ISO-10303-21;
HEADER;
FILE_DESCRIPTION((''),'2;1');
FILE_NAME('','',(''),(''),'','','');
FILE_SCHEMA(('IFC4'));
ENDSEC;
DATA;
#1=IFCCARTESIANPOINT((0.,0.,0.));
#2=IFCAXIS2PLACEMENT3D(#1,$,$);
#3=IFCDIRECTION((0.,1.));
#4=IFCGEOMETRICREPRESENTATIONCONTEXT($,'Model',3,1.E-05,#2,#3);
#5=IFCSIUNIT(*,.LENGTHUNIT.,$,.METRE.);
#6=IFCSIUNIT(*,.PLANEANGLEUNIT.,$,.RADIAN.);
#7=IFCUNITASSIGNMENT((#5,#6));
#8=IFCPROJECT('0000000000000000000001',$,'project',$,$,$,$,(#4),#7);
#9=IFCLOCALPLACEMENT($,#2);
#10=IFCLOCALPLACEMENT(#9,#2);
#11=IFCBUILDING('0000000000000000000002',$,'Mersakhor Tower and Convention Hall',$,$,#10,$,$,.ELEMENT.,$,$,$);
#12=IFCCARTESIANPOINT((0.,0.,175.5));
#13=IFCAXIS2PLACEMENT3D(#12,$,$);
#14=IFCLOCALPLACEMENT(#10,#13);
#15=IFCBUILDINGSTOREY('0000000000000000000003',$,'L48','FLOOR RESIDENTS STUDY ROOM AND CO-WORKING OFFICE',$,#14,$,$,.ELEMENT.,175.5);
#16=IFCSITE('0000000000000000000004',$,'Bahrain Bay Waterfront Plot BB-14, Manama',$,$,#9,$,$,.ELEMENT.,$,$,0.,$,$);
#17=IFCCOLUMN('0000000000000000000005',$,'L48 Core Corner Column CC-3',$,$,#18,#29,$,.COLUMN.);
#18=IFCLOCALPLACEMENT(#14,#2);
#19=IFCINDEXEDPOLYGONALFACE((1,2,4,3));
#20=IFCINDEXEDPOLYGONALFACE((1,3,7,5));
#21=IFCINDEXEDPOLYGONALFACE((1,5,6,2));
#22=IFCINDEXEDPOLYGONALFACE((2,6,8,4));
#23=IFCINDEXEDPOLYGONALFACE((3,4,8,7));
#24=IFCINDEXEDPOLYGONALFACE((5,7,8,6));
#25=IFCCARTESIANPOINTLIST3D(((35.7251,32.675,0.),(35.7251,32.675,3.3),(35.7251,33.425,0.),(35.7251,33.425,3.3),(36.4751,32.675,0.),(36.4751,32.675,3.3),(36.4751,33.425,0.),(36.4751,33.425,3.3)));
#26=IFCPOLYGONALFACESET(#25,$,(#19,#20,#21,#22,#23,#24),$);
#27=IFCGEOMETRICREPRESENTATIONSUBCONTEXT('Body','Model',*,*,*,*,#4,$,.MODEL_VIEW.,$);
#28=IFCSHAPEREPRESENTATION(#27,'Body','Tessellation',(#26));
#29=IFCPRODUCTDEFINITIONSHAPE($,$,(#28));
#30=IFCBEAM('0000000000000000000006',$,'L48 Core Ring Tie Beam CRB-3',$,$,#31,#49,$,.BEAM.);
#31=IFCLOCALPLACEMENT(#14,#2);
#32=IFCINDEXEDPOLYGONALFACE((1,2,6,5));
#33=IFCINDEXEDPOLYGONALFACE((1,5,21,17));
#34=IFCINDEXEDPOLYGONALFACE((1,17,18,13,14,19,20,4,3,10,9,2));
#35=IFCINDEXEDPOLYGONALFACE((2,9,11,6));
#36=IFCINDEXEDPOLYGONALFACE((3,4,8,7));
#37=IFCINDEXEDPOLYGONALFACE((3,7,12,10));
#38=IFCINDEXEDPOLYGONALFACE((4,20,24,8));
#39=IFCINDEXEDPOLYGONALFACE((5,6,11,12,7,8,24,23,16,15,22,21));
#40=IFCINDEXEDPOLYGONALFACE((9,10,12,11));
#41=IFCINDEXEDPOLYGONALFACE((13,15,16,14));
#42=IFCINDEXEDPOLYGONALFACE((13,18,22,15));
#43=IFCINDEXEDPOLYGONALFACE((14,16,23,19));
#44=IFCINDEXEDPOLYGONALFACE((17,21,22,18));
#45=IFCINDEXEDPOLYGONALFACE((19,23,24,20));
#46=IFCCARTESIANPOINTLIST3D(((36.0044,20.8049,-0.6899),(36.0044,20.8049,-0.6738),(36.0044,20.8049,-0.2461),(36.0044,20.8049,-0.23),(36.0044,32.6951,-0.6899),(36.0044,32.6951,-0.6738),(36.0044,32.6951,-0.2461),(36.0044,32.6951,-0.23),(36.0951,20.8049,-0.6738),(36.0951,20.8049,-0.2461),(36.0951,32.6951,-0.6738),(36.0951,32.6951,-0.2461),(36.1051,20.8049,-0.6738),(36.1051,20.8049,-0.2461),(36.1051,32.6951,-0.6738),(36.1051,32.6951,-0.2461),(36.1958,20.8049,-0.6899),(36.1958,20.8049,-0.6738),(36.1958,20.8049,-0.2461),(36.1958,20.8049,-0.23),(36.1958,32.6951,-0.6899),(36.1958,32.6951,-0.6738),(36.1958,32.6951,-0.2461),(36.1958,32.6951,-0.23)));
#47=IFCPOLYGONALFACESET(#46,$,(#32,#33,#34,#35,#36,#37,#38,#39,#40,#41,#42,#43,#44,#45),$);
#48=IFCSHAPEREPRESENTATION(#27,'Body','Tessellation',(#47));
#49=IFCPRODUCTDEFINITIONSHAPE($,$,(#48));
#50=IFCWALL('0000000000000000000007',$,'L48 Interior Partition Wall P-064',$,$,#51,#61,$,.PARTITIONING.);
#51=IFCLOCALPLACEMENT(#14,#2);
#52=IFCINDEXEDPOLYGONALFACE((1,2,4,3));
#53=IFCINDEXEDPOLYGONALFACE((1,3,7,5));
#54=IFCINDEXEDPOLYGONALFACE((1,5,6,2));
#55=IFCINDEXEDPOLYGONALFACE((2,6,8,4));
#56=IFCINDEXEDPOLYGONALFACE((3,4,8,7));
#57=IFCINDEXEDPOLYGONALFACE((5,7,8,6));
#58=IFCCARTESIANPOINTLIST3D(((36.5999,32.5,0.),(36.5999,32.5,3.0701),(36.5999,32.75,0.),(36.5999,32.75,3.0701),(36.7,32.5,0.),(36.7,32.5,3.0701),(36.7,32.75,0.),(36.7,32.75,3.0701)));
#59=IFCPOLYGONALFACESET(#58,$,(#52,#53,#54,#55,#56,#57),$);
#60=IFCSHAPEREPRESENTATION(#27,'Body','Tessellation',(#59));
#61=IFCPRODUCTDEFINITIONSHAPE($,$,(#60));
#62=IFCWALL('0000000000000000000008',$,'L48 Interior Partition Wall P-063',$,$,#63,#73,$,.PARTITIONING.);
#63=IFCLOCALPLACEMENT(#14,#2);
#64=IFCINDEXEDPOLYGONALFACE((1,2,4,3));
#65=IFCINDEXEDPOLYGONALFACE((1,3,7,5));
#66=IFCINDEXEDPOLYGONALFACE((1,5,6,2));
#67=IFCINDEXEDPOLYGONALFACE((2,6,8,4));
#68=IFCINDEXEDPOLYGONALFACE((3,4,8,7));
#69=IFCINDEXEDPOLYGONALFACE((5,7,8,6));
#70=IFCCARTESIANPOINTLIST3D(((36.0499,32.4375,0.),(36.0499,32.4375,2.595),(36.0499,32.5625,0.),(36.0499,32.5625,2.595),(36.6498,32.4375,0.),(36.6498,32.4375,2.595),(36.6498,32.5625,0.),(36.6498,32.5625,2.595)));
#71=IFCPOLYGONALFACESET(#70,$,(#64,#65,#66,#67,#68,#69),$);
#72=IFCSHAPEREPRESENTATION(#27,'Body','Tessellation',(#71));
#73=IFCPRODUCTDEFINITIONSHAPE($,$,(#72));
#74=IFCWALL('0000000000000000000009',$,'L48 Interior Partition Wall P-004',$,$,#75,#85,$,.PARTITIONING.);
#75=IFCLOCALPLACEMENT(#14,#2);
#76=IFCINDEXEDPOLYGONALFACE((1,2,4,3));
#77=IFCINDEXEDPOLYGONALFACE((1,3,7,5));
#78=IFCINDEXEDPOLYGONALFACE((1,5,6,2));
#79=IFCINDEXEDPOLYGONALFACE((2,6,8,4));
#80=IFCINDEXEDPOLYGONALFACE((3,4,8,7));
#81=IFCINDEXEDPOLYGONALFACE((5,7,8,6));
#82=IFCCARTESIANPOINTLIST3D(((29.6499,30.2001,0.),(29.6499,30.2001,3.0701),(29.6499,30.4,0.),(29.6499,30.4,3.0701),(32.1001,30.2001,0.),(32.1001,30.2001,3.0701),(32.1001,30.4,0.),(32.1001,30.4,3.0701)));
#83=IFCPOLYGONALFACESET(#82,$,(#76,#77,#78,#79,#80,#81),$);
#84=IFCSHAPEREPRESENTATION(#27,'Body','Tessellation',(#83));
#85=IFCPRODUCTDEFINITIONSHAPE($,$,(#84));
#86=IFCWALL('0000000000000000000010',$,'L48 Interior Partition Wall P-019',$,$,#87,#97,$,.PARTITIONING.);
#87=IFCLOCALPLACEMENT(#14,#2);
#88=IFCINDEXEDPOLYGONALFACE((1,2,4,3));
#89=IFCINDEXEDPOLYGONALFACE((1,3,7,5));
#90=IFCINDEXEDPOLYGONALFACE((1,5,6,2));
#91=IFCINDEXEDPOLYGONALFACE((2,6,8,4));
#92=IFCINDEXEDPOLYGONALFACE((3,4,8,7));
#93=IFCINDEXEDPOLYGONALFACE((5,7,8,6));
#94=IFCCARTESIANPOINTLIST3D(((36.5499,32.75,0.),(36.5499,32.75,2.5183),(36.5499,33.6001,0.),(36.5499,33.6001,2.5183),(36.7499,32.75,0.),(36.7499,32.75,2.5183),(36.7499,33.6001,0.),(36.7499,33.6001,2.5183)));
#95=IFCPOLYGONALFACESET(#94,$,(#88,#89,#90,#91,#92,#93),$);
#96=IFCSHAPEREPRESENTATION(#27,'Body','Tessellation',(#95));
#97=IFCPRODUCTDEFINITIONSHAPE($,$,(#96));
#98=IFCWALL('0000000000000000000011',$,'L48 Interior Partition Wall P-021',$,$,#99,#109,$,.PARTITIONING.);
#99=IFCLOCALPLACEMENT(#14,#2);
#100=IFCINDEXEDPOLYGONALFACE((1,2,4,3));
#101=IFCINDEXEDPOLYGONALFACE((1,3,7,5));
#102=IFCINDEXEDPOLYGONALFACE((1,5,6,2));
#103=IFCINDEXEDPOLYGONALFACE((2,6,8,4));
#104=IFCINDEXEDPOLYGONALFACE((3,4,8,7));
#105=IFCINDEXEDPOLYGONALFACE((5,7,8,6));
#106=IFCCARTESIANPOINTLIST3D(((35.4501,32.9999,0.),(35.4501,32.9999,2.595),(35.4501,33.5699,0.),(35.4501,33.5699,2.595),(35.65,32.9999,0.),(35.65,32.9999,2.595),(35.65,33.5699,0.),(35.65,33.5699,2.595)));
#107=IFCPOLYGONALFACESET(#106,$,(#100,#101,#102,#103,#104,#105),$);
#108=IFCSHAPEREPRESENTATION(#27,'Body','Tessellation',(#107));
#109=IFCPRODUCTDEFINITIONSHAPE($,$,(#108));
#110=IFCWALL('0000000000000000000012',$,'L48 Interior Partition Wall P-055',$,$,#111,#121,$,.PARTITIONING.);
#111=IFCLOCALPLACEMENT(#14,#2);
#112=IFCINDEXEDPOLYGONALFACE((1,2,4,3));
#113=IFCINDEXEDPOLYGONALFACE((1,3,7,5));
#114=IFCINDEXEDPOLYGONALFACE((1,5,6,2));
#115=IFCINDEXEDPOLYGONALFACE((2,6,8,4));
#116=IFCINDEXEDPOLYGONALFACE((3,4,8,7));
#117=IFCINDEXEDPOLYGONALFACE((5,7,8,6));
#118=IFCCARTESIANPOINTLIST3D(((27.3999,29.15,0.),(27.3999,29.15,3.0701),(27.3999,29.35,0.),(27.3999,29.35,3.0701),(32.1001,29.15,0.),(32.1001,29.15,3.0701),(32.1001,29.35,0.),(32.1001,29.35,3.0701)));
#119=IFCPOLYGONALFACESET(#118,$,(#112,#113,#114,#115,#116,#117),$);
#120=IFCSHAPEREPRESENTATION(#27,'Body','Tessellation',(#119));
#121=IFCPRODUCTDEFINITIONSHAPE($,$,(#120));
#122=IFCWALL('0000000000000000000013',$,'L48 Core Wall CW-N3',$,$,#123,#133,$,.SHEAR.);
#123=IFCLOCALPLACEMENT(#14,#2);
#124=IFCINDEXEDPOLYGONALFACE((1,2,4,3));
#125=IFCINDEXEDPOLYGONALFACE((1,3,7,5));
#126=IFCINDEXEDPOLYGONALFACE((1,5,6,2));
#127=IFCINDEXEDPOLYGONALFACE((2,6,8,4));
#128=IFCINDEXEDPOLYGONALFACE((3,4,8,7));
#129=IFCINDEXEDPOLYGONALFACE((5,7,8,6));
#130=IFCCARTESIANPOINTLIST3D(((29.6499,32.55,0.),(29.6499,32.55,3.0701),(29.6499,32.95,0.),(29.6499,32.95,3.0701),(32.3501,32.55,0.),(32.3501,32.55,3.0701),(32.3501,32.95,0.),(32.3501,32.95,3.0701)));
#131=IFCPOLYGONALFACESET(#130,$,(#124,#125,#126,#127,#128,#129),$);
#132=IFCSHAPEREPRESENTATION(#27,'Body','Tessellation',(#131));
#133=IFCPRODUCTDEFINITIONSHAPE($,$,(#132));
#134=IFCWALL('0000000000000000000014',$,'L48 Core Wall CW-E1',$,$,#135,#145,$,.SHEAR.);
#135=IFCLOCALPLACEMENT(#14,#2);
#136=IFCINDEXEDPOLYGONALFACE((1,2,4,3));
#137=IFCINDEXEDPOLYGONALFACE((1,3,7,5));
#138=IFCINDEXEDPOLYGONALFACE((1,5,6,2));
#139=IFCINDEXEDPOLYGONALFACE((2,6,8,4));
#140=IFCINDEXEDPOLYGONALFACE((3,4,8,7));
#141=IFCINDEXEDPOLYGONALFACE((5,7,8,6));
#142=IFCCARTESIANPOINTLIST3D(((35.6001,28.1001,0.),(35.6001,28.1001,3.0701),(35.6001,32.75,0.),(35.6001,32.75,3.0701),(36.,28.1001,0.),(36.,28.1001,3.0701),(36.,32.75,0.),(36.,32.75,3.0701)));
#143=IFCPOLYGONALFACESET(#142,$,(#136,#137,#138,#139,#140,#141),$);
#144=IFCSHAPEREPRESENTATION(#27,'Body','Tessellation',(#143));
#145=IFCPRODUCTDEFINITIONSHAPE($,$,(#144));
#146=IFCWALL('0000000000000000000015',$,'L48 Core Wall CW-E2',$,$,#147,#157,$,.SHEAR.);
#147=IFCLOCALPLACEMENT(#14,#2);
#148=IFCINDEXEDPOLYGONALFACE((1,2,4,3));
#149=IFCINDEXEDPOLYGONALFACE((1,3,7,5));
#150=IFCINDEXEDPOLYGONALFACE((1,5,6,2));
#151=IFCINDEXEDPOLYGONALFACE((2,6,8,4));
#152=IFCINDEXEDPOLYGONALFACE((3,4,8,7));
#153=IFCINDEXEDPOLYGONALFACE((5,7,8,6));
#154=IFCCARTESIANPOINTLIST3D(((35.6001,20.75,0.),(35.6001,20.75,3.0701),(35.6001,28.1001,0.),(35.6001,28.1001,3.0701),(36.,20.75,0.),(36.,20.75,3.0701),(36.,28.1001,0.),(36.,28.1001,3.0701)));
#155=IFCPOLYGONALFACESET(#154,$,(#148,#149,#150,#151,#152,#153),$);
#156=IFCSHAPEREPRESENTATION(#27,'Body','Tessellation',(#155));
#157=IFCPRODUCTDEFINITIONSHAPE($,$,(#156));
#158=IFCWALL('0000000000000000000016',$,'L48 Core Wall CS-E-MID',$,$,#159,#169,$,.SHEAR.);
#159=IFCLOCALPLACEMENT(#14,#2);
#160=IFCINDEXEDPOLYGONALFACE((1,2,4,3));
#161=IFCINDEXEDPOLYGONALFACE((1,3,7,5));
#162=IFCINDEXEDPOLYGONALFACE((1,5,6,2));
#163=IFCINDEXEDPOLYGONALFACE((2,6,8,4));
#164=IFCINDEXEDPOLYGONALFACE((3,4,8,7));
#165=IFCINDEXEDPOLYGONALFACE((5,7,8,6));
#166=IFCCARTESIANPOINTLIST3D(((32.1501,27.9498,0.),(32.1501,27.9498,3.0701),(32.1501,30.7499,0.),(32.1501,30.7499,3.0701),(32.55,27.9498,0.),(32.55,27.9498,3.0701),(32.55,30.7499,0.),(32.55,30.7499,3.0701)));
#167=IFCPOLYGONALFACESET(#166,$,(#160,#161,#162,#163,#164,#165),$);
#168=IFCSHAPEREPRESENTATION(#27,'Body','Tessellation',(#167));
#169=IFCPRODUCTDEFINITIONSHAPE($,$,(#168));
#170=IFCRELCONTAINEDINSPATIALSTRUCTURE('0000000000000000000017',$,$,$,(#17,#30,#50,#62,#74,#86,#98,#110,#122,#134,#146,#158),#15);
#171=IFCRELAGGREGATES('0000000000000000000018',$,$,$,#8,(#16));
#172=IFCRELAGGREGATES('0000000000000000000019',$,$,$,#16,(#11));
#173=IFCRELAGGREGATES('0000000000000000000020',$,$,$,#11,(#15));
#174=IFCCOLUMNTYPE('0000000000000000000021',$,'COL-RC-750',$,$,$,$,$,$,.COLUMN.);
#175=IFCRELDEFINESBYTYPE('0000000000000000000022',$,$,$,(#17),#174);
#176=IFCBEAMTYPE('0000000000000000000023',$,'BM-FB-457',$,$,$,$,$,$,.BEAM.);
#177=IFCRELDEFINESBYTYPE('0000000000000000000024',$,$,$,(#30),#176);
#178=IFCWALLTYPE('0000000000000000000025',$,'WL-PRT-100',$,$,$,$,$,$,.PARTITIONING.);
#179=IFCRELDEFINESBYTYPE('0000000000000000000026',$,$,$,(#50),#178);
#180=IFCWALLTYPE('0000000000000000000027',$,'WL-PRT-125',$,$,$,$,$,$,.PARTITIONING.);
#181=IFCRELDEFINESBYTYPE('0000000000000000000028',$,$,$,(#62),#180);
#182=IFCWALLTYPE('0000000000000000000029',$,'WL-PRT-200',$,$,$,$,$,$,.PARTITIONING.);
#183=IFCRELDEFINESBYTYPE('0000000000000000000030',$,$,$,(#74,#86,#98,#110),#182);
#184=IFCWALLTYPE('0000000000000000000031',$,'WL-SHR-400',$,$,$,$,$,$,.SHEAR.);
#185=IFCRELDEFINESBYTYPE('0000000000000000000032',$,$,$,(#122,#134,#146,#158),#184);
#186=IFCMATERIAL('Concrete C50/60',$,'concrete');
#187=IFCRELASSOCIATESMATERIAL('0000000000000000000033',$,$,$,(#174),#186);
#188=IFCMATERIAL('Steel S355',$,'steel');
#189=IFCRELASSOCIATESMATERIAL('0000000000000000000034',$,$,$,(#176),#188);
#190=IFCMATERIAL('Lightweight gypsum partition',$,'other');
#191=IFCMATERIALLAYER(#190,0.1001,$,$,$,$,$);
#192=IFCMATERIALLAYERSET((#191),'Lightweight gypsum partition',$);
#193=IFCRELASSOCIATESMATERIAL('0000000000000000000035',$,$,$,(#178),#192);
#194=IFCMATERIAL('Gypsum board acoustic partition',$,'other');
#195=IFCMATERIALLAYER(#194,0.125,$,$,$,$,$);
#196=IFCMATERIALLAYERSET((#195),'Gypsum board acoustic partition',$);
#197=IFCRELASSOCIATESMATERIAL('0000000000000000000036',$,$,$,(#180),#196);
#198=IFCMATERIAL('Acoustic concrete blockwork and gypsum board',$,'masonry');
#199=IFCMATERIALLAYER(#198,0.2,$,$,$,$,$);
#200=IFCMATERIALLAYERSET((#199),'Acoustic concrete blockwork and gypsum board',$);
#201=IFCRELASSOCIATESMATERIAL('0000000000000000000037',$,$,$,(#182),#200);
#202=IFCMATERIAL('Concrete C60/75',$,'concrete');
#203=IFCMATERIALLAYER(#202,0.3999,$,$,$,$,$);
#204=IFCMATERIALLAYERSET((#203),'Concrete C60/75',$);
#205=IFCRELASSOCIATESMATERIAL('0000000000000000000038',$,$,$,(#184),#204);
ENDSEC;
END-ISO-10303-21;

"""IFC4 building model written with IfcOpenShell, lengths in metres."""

from ifc_helpers import new_model, si_unit, direction, frame, frame_2d, origin, origin_2d, place, context, subcontext, project, spatial, rectangle, i_section, extrude, material, layer, layer_set, material_profile, profile_set, type_object, element, save


model = new_model("IFC4")

# Units and contexts
model_context = context("Model", 3, precision=1e-05, world=origin(), true_north=direction((0.0, 1.0)))
body_context = subcontext(model_context, "Body", "Model", "MODEL_VIEW")
ifc_project = project(units=[si_unit("LENGTHUNIT", "METRE"), si_unit("PLANEANGLEUNIT", "RADIAN")], contexts=[model_context])

# Site, building, storey
site_placement = place(None, origin())
site = spatial("IfcSite", under=ifc_project, at=site_placement, Name="Bahrain Bay Waterfront Plot BB-14, Manama", CompositionType="ELEMENT", RefElevation=0.0)
building_placement = place(site_placement, origin())
building = spatial("IfcBuilding", under=site, at=building_placement, Name="Mersakhor Tower and Convention Hall", CompositionType="ELEMENT")
storey_placement = place(building_placement, frame((0.0, 0.0, 175.5)))
storey = spatial("IfcBuildingStorey", under=building, at=storey_placement, Name="L48", Description="FLOOR RESIDENTS STUDY ROOM AND CO-WORKING OFFICE", CompositionType="ELEMENT", Elevation=175.5)

# Column
ifc_material_1 = material(Name="Concrete C50/60", Category="concrete")
ifc_material_profile_1 = material_profile(ifc_material_1, rectangle(XDim=0.75, YDim=0.75, at=origin_2d()), Name="RC 750x750")
ifc_profile_set_1 = profile_set([ifc_material_profile_1], Name="Concrete C50/60")
column_type = type_object("IfcColumnType", Name="COL-RC-750", PredefinedType="COLUMN", material=ifc_profile_set_1)
column_placement = place(storey_placement, frame((36.1001, 33.05, 0.0), z_axis=(0.0, 0.0, 1.0), x_axis=(1.0, 0.0, 0.0)))
element("IfcColumn", 1, at=column_placement, inside=storey, type_object=column_type, Name="L48 Core Corner Column CC-3", PredefinedType="COLUMN", context=body_context, shape_type="SweptSolid", body=[
    extrude(rectangle(XDim=0.75, YDim=0.75, at=origin_2d()), origin(), (0.0, 0.0, 1.0), 3.3),
])

# Beam
ifc_material_2 = material(Name="Steel S355", Category="steel")
ifc_material_profile_2 = material_profile(ifc_material_2, i_section(OverallWidth=0.1914, OverallDepth=0.46, WebThickness=0.01, FlangeThickness=0.0161, at=origin_2d()), Name="UB 457x191x82")
ifc_profile_set_2 = profile_set([ifc_material_profile_2], Name="Steel S355")
beam_type = type_object("IfcBeamType", Name="BM-FB-457", PredefinedType="BEAM", material=ifc_profile_set_2)
beam_placement = place(storey_placement, frame((36.1001, 32.6951, -0.46), z_axis=(0.0, -1.0, 0.0), x_axis=(1.0, 0.0, 0.0)))
element("IfcBeam", 2, at=beam_placement, inside=storey, type_object=beam_type, Name="L48 Core Ring Tie Beam CRB-3", PredefinedType="BEAM", context=body_context, shape_type="SweptSolid", body=[
    extrude(i_section(OverallWidth=0.1914, OverallDepth=0.46, WebThickness=0.01, FlangeThickness=0.0161, at=origin_2d()), origin(), (0.0, 0.0, 1.0), 11.8901),
])

# Walls
ifc_material_3 = material(Name="Lightweight gypsum partition", Category="other")
ifc_layer_1 = layer(ifc_material_3, 0.1001)
ifc_layer_set_1 = layer_set([ifc_layer_1], Name="Lightweight gypsum partition")
wall_type_1 = type_object("IfcWallType", Name="WL-PRT-100", PredefinedType="PARTITIONING", material=ifc_layer_set_1)
wall_1_placement = place(storey_placement, frame((36.6499, 32.5, 0.0), z_axis=(0.0, 0.0, 1.0), x_axis=(0.0, 1.0, 0.0)))
element("IfcWall", 3, at=wall_1_placement, inside=storey, type_object=wall_type_1, Name="L48 Interior Partition Wall P-064", PredefinedType="PARTITIONING", context=body_context, shape_type="SweptSolid", body=[
    extrude(rectangle(XDim=0.25, YDim=0.1001, at=frame_2d((0.125, 0.0))), origin(), (0.0, 0.0, 1.0), 3.0701),
])
ifc_material_4 = material(Name="Gypsum board acoustic partition", Category="other")
ifc_layer_2 = layer(ifc_material_4, 0.125)
ifc_layer_set_2 = layer_set([ifc_layer_2], Name="Gypsum board acoustic partition")
wall_type_2 = type_object("IfcWallType", Name="WL-PRT-125", PredefinedType="PARTITIONING", material=ifc_layer_set_2)
wall_2_placement = place(storey_placement, frame((36.05, 32.5, 0.0), z_axis=(0.0, 0.0, 1.0), x_axis=(1.0, 0.0, 0.0)))
element("IfcWall", 4, at=wall_2_placement, inside=storey, type_object=wall_type_2, Name="L48 Interior Partition Wall P-063", PredefinedType="PARTITIONING", context=body_context, shape_type="SweptSolid", body=[
    extrude(rectangle(XDim=0.5999, YDim=0.125, at=frame_2d((0.2998, 0.0))), origin(), (0.0, 0.0, 1.0), 2.595),
])
ifc_material_5 = material(Name="Acoustic concrete blockwork and gypsum board", Category="masonry")
ifc_layer_3 = layer(ifc_material_5, 0.2)
ifc_layer_set_3 = layer_set([ifc_layer_3], Name="Acoustic concrete blockwork and gypsum board")
wall_type_3 = type_object("IfcWallType", Name="WL-PRT-200", PredefinedType="PARTITIONING", material=ifc_layer_set_3)
wall_3_placement = place(storey_placement, frame((32.1001, 30.3, 0.0), z_axis=(0.0, 0.0, 1.0), x_axis=(-1.0, 0.0, 0.0)))
element("IfcWall", 5, at=wall_3_placement, inside=storey, type_object=wall_type_3, Name="L48 Interior Partition Wall P-004", PredefinedType="PARTITIONING", context=body_context, shape_type="SweptSolid", body=[
    extrude(rectangle(XDim=2.4502, YDim=0.2, at=frame_2d((1.2251, 0.0))), origin(), (0.0, 0.0, 1.0), 3.0701),
])
wall_4_placement = place(storey_placement, frame((36.6499, 32.75, 0.0), z_axis=(0.0, 0.0, 1.0), x_axis=(0.0, 1.0, 0.0)))
element("IfcWall", 6, at=wall_4_placement, inside=storey, type_object=wall_type_3, Name="L48 Interior Partition Wall P-019", PredefinedType="PARTITIONING", context=body_context, shape_type="SweptSolid", body=[
    extrude(rectangle(XDim=0.8501, YDim=0.2, at=frame_2d((0.425, 0.0))), origin(), (0.0, 0.0, 1.0), 2.5183),
])
wall_5_placement = place(storey_placement, frame((35.55, 33.5701, 0.0), z_axis=(0.0, 0.0, 1.0), x_axis=(0.0, -1.0, 0.0)))
element("IfcWall", 7, at=wall_5_placement, inside=storey, type_object=wall_type_3, Name="L48 Interior Partition Wall P-021", PredefinedType="PARTITIONING", context=body_context, shape_type="SweptSolid", body=[
    extrude(rectangle(XDim=0.5701, YDim=0.2, at=frame_2d((0.2852, 0.0))), origin(), (0.0, 0.0, 1.0), 2.595),
])
wall_6_placement = place(storey_placement, frame((32.1001, 29.25, 0.0), z_axis=(0.0, 0.0, 1.0), x_axis=(-1.0, 0.0, 0.0)))
element("IfcWall", 8, at=wall_6_placement, inside=storey, type_object=wall_type_3, Name="L48 Interior Partition Wall P-055", PredefinedType="PARTITIONING", context=body_context, shape_type="SweptSolid", body=[
    extrude(rectangle(XDim=4.7002, YDim=0.2, at=frame_2d((2.3501, 0.0))), origin(), (0.0, 0.0, 1.0), 3.0701),
])

# Wall
ifc_material_6 = material(Name="Concrete C60/75", Category="concrete")
ifc_layer_4 = layer(ifc_material_6, 0.3999)
ifc_layer_set_4 = layer_set([ifc_layer_4], Name="Concrete C60/75")
wall_type_4 = type_object("IfcWallType", Name="WL-SHR-400", PredefinedType="SHEAR", material=ifc_layer_set_4)
wall_7_placement = place(storey_placement, frame((29.6499, 32.75, 0.0), z_axis=(0.0, 0.0, 1.0), x_axis=(1.0, 0.0, 0.0)))
element("IfcWall", 9, at=wall_7_placement, inside=storey, type_object=wall_type_4, Name="L48 Core Wall CW-N3", PredefinedType="SHEAR", context=body_context, shape_type="SweptSolid", body=[
    extrude(rectangle(XDim=2.7002, YDim=0.3999, at=frame_2d((1.3501, 0.0))), origin(), (0.0, 0.0, 1.0), 3.0701),
])

# Walls
wall_8_placement = place(storey_placement, frame((35.8, 32.75, 0.0), z_axis=(0.0, 0.0, 1.0), x_axis=(0.0, -1.0, 0.0)))
element("IfcWall", 10, at=wall_8_placement, inside=storey, type_object=wall_type_4, Name="L48 Core Wall CW-E1", PredefinedType="SHEAR", context=body_context, shape_type="SweptSolid", body=[
    extrude(rectangle(XDim=4.6499, YDim=0.3999, at=frame_2d((2.325, 0.0))), origin(), (0.0, 0.0, 1.0), 3.0701),
])
wall_9_placement = place(storey_placement, frame((35.8, 28.1001, 0.0), z_axis=(0.0, 0.0, 1.0), x_axis=(0.0, -1.0, 0.0)))
element("IfcWall", 11, at=wall_9_placement, inside=storey, type_object=wall_type_4, Name="L48 Core Wall CW-E2", PredefinedType="SHEAR", context=body_context, shape_type="SweptSolid", body=[
    extrude(rectangle(XDim=7.3501, YDim=0.3999, at=frame_2d((3.675, 0.0))), origin(), (0.0, 0.0, 1.0), 3.0701),
])
wall_10_placement = place(storey_placement, frame((32.3501, 27.95, 0.0), z_axis=(0.0, 0.0, 1.0), x_axis=(0.0, 1.0, 0.0)))
element("IfcWall", 12, at=wall_10_placement, inside=storey, type_object=wall_type_4, Name="L48 Core Wall CS-E-MID", PredefinedType="SHEAR", context=body_context, shape_type="SweptSolid", body=[
    extrude(rectangle(XDim=2.8, YDim=0.3999, at=frame_2d((1.3999, 0.0))), origin(), (0.0, 0.0, 1.0), 3.0701),
])

save(model, "model.ifc")
